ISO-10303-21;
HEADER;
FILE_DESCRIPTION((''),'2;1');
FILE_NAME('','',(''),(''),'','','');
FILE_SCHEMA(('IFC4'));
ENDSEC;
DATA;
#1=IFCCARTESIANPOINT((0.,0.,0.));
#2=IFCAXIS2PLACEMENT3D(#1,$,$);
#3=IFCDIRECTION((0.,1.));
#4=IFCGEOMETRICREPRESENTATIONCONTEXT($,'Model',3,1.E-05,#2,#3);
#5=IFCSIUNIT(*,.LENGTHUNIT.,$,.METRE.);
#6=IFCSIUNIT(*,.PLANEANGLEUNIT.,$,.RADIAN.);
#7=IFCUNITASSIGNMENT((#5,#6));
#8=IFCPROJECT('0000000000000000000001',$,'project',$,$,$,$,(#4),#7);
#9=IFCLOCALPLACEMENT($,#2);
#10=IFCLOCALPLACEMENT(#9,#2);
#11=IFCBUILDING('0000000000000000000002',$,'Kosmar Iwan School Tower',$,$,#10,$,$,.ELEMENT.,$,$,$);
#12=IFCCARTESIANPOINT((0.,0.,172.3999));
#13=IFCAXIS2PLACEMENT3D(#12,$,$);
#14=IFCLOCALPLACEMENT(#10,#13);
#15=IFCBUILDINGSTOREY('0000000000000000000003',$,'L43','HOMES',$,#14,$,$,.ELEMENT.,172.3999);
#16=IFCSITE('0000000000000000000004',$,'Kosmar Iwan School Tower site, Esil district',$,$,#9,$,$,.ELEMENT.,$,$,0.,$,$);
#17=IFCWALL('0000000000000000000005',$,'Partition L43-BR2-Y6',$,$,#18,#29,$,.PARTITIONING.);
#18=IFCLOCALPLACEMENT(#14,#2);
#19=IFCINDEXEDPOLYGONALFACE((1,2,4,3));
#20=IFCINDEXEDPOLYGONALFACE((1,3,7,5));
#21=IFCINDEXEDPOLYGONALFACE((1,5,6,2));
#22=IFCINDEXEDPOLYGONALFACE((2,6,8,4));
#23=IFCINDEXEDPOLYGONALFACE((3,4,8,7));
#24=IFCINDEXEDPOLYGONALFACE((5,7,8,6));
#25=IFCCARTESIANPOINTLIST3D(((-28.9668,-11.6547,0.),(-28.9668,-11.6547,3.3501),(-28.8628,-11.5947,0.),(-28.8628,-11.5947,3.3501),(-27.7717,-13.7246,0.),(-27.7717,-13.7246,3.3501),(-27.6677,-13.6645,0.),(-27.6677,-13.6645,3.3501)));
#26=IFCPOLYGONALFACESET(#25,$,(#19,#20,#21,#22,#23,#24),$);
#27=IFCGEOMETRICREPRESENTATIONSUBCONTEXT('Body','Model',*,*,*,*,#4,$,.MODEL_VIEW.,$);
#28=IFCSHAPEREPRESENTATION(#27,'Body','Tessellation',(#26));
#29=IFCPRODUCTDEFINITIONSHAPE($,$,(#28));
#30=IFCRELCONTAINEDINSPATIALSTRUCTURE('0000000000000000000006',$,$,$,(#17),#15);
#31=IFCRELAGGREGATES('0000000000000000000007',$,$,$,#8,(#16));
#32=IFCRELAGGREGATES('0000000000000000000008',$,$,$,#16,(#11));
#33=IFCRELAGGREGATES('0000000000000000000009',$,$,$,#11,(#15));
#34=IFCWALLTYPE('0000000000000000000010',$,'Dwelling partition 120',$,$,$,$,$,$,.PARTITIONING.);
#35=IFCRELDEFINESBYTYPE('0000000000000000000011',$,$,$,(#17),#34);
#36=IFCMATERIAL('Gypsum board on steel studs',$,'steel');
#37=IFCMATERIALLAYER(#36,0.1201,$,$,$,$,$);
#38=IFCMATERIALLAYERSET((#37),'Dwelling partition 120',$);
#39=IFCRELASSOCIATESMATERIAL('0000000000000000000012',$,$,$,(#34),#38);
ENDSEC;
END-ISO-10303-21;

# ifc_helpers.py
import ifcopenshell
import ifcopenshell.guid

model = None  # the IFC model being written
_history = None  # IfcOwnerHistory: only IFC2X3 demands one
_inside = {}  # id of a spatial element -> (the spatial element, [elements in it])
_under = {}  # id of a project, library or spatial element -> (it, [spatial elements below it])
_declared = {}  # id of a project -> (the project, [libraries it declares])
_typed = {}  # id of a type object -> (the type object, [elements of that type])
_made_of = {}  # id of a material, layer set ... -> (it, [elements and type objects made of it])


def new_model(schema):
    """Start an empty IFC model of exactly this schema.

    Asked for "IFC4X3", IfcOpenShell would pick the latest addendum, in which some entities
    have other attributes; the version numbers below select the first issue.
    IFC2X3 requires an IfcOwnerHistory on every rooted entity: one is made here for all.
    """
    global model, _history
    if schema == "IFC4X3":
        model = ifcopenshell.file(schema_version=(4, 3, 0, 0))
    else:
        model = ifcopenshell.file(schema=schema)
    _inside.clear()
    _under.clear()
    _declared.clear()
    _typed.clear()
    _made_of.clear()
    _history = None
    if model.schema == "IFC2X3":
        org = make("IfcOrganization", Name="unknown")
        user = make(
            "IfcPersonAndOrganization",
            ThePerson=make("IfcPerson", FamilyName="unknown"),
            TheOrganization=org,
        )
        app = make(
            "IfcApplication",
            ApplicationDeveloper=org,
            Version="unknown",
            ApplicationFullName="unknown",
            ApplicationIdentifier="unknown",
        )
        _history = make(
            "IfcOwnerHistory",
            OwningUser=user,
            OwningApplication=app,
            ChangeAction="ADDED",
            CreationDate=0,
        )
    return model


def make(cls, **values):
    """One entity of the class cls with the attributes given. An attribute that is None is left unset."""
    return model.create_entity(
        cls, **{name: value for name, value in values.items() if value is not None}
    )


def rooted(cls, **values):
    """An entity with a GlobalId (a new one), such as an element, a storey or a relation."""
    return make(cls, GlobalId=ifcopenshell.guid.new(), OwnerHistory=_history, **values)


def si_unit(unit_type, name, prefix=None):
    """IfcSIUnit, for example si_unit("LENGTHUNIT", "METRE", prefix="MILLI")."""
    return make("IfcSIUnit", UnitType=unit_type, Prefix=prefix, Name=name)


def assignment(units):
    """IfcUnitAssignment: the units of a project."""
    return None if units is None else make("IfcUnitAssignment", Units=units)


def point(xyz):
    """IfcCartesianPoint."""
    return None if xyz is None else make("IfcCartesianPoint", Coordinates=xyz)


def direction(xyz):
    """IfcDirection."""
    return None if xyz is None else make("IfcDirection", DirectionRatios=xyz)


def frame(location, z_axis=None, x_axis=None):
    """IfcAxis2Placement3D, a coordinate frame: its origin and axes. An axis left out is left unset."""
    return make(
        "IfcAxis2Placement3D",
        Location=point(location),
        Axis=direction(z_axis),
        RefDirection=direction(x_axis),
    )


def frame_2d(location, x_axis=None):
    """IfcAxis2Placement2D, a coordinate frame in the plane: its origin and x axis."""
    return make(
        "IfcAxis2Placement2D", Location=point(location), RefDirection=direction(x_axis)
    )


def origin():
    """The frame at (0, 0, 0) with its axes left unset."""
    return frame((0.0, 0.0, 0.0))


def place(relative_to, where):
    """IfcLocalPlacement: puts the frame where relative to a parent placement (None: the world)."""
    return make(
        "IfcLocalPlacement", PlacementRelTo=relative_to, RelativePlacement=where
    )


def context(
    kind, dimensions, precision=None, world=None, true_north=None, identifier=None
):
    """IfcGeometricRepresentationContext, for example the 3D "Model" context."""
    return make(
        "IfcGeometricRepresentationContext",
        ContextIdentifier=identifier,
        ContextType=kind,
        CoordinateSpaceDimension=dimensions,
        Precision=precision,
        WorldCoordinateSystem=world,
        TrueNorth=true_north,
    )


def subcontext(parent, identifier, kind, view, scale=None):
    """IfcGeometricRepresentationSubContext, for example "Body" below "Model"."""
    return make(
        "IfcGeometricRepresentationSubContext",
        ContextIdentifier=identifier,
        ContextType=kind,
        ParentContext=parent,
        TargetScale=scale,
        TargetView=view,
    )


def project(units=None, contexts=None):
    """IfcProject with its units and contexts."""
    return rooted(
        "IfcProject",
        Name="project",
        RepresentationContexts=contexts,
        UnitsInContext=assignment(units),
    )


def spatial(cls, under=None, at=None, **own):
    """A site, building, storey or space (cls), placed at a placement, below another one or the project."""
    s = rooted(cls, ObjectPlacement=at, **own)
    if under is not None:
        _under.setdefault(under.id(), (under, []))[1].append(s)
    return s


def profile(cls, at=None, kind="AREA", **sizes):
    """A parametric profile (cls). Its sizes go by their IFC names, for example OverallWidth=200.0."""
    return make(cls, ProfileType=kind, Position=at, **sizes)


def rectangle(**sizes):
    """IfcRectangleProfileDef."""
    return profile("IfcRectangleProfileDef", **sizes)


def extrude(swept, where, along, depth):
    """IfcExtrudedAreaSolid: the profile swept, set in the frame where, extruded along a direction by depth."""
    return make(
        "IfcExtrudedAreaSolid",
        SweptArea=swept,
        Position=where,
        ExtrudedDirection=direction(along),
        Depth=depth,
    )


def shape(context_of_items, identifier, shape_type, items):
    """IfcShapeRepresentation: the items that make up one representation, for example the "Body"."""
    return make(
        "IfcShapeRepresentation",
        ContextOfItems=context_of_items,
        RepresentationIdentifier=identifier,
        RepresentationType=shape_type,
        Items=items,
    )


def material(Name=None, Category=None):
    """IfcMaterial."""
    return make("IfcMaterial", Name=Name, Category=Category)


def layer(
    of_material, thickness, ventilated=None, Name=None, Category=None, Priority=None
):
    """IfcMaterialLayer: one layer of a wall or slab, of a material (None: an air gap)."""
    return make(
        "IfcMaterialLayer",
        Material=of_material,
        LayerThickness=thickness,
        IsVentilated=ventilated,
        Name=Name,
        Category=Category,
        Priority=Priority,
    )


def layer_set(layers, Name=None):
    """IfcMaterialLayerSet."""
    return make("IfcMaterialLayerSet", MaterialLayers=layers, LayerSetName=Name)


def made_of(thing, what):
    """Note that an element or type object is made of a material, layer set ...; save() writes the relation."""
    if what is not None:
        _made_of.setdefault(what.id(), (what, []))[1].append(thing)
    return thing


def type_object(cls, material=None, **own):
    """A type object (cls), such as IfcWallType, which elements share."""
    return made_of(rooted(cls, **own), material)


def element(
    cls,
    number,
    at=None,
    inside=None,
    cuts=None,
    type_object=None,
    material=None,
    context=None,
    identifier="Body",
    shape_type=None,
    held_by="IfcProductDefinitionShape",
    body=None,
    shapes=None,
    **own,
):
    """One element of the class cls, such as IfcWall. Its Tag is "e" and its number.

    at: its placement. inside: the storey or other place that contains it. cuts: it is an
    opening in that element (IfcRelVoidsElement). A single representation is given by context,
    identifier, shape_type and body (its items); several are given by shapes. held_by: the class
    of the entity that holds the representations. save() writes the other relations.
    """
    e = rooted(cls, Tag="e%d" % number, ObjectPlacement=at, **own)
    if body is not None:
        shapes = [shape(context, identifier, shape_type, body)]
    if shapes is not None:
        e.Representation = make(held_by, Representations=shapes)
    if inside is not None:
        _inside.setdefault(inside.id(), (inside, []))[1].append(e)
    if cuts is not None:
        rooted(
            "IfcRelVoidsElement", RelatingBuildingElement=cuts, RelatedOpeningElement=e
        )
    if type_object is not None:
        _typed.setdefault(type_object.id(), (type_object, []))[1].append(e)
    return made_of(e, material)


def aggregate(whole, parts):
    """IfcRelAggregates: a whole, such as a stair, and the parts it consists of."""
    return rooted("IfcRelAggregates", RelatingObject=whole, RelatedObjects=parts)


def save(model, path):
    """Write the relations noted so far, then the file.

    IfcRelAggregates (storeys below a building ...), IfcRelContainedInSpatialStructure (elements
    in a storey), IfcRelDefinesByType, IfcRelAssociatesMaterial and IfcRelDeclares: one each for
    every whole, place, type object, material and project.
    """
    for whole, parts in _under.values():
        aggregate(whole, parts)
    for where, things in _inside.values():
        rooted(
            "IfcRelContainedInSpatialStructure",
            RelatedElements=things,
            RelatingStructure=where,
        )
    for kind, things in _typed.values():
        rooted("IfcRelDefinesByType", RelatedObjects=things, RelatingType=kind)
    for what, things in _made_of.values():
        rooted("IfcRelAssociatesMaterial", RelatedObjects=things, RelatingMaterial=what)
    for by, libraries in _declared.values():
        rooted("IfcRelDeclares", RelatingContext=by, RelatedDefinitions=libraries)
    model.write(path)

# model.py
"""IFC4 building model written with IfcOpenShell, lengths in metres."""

from ifc_helpers import new_model, si_unit, direction, frame, frame_2d, origin, place, context, subcontext, project, spatial, rectangle, extrude, material, layer, layer_set, type_object, element, save


model = new_model("IFC4")

# Units and contexts
model_context = context("Model", 3, precision=1e-05, world=origin(), true_north=direction((0.0, 1.0)))
body_context = subcontext(model_context, "Body", "Model", "MODEL_VIEW")
ifc_project = project(units=[si_unit("LENGTHUNIT", "METRE"), si_unit("PLANEANGLEUNIT", "RADIAN")], contexts=[model_context])

# Site, building, storey
site_placement = place(None, origin())
site = spatial("IfcSite", under=ifc_project, at=site_placement, Name="Kosmar Iwan School Tower site, Esil district", CompositionType="ELEMENT", RefElevation=0.0)
building_placement = place(site_placement, origin())
building = spatial("IfcBuilding", under=site, at=building_placement, Name="Kosmar Iwan School Tower", CompositionType="ELEMENT")
storey_placement = place(building_placement, frame((0.0, 0.0, 172.3999)))
storey = spatial("IfcBuildingStorey", under=building, at=storey_placement, Name="L43", Description="HOMES", CompositionType="ELEMENT", Elevation=172.3999)

# Wall
ifc_material_1 = material(Name="Gypsum board on steel studs", Category="steel")
ifc_layer_1 = layer(ifc_material_1, 0.1201)
ifc_layer_set_1 = layer_set([ifc_layer_1], Name="Dwelling partition 120")
wall_type_1 = type_object("IfcWallType", Name="Dwelling partition 120", PredefinedType="PARTITIONING", material=ifc_layer_set_1)
wall_1_placement = place(storey_placement, frame((-27.7197, -13.6946, 0.0), z_axis=(0.0, 0.0, 1.0), x_axis=(-0.500017, 0.866015, 0.0)))
element("IfcWall", 1, at=wall_1_placement, inside=storey, type_object=wall_type_1, Name="Partition L43-BR2-Y6", PredefinedType="PARTITIONING", context=body_context, shape_type="SweptSolid", body=[
    extrude(rectangle(XDim=2.3901, YDim=0.1201, at=frame_2d((1.1951, 0.0))), origin(), (0.0, 0.0, 1.0), 3.3501),
])

save(model, "model.ifc")
